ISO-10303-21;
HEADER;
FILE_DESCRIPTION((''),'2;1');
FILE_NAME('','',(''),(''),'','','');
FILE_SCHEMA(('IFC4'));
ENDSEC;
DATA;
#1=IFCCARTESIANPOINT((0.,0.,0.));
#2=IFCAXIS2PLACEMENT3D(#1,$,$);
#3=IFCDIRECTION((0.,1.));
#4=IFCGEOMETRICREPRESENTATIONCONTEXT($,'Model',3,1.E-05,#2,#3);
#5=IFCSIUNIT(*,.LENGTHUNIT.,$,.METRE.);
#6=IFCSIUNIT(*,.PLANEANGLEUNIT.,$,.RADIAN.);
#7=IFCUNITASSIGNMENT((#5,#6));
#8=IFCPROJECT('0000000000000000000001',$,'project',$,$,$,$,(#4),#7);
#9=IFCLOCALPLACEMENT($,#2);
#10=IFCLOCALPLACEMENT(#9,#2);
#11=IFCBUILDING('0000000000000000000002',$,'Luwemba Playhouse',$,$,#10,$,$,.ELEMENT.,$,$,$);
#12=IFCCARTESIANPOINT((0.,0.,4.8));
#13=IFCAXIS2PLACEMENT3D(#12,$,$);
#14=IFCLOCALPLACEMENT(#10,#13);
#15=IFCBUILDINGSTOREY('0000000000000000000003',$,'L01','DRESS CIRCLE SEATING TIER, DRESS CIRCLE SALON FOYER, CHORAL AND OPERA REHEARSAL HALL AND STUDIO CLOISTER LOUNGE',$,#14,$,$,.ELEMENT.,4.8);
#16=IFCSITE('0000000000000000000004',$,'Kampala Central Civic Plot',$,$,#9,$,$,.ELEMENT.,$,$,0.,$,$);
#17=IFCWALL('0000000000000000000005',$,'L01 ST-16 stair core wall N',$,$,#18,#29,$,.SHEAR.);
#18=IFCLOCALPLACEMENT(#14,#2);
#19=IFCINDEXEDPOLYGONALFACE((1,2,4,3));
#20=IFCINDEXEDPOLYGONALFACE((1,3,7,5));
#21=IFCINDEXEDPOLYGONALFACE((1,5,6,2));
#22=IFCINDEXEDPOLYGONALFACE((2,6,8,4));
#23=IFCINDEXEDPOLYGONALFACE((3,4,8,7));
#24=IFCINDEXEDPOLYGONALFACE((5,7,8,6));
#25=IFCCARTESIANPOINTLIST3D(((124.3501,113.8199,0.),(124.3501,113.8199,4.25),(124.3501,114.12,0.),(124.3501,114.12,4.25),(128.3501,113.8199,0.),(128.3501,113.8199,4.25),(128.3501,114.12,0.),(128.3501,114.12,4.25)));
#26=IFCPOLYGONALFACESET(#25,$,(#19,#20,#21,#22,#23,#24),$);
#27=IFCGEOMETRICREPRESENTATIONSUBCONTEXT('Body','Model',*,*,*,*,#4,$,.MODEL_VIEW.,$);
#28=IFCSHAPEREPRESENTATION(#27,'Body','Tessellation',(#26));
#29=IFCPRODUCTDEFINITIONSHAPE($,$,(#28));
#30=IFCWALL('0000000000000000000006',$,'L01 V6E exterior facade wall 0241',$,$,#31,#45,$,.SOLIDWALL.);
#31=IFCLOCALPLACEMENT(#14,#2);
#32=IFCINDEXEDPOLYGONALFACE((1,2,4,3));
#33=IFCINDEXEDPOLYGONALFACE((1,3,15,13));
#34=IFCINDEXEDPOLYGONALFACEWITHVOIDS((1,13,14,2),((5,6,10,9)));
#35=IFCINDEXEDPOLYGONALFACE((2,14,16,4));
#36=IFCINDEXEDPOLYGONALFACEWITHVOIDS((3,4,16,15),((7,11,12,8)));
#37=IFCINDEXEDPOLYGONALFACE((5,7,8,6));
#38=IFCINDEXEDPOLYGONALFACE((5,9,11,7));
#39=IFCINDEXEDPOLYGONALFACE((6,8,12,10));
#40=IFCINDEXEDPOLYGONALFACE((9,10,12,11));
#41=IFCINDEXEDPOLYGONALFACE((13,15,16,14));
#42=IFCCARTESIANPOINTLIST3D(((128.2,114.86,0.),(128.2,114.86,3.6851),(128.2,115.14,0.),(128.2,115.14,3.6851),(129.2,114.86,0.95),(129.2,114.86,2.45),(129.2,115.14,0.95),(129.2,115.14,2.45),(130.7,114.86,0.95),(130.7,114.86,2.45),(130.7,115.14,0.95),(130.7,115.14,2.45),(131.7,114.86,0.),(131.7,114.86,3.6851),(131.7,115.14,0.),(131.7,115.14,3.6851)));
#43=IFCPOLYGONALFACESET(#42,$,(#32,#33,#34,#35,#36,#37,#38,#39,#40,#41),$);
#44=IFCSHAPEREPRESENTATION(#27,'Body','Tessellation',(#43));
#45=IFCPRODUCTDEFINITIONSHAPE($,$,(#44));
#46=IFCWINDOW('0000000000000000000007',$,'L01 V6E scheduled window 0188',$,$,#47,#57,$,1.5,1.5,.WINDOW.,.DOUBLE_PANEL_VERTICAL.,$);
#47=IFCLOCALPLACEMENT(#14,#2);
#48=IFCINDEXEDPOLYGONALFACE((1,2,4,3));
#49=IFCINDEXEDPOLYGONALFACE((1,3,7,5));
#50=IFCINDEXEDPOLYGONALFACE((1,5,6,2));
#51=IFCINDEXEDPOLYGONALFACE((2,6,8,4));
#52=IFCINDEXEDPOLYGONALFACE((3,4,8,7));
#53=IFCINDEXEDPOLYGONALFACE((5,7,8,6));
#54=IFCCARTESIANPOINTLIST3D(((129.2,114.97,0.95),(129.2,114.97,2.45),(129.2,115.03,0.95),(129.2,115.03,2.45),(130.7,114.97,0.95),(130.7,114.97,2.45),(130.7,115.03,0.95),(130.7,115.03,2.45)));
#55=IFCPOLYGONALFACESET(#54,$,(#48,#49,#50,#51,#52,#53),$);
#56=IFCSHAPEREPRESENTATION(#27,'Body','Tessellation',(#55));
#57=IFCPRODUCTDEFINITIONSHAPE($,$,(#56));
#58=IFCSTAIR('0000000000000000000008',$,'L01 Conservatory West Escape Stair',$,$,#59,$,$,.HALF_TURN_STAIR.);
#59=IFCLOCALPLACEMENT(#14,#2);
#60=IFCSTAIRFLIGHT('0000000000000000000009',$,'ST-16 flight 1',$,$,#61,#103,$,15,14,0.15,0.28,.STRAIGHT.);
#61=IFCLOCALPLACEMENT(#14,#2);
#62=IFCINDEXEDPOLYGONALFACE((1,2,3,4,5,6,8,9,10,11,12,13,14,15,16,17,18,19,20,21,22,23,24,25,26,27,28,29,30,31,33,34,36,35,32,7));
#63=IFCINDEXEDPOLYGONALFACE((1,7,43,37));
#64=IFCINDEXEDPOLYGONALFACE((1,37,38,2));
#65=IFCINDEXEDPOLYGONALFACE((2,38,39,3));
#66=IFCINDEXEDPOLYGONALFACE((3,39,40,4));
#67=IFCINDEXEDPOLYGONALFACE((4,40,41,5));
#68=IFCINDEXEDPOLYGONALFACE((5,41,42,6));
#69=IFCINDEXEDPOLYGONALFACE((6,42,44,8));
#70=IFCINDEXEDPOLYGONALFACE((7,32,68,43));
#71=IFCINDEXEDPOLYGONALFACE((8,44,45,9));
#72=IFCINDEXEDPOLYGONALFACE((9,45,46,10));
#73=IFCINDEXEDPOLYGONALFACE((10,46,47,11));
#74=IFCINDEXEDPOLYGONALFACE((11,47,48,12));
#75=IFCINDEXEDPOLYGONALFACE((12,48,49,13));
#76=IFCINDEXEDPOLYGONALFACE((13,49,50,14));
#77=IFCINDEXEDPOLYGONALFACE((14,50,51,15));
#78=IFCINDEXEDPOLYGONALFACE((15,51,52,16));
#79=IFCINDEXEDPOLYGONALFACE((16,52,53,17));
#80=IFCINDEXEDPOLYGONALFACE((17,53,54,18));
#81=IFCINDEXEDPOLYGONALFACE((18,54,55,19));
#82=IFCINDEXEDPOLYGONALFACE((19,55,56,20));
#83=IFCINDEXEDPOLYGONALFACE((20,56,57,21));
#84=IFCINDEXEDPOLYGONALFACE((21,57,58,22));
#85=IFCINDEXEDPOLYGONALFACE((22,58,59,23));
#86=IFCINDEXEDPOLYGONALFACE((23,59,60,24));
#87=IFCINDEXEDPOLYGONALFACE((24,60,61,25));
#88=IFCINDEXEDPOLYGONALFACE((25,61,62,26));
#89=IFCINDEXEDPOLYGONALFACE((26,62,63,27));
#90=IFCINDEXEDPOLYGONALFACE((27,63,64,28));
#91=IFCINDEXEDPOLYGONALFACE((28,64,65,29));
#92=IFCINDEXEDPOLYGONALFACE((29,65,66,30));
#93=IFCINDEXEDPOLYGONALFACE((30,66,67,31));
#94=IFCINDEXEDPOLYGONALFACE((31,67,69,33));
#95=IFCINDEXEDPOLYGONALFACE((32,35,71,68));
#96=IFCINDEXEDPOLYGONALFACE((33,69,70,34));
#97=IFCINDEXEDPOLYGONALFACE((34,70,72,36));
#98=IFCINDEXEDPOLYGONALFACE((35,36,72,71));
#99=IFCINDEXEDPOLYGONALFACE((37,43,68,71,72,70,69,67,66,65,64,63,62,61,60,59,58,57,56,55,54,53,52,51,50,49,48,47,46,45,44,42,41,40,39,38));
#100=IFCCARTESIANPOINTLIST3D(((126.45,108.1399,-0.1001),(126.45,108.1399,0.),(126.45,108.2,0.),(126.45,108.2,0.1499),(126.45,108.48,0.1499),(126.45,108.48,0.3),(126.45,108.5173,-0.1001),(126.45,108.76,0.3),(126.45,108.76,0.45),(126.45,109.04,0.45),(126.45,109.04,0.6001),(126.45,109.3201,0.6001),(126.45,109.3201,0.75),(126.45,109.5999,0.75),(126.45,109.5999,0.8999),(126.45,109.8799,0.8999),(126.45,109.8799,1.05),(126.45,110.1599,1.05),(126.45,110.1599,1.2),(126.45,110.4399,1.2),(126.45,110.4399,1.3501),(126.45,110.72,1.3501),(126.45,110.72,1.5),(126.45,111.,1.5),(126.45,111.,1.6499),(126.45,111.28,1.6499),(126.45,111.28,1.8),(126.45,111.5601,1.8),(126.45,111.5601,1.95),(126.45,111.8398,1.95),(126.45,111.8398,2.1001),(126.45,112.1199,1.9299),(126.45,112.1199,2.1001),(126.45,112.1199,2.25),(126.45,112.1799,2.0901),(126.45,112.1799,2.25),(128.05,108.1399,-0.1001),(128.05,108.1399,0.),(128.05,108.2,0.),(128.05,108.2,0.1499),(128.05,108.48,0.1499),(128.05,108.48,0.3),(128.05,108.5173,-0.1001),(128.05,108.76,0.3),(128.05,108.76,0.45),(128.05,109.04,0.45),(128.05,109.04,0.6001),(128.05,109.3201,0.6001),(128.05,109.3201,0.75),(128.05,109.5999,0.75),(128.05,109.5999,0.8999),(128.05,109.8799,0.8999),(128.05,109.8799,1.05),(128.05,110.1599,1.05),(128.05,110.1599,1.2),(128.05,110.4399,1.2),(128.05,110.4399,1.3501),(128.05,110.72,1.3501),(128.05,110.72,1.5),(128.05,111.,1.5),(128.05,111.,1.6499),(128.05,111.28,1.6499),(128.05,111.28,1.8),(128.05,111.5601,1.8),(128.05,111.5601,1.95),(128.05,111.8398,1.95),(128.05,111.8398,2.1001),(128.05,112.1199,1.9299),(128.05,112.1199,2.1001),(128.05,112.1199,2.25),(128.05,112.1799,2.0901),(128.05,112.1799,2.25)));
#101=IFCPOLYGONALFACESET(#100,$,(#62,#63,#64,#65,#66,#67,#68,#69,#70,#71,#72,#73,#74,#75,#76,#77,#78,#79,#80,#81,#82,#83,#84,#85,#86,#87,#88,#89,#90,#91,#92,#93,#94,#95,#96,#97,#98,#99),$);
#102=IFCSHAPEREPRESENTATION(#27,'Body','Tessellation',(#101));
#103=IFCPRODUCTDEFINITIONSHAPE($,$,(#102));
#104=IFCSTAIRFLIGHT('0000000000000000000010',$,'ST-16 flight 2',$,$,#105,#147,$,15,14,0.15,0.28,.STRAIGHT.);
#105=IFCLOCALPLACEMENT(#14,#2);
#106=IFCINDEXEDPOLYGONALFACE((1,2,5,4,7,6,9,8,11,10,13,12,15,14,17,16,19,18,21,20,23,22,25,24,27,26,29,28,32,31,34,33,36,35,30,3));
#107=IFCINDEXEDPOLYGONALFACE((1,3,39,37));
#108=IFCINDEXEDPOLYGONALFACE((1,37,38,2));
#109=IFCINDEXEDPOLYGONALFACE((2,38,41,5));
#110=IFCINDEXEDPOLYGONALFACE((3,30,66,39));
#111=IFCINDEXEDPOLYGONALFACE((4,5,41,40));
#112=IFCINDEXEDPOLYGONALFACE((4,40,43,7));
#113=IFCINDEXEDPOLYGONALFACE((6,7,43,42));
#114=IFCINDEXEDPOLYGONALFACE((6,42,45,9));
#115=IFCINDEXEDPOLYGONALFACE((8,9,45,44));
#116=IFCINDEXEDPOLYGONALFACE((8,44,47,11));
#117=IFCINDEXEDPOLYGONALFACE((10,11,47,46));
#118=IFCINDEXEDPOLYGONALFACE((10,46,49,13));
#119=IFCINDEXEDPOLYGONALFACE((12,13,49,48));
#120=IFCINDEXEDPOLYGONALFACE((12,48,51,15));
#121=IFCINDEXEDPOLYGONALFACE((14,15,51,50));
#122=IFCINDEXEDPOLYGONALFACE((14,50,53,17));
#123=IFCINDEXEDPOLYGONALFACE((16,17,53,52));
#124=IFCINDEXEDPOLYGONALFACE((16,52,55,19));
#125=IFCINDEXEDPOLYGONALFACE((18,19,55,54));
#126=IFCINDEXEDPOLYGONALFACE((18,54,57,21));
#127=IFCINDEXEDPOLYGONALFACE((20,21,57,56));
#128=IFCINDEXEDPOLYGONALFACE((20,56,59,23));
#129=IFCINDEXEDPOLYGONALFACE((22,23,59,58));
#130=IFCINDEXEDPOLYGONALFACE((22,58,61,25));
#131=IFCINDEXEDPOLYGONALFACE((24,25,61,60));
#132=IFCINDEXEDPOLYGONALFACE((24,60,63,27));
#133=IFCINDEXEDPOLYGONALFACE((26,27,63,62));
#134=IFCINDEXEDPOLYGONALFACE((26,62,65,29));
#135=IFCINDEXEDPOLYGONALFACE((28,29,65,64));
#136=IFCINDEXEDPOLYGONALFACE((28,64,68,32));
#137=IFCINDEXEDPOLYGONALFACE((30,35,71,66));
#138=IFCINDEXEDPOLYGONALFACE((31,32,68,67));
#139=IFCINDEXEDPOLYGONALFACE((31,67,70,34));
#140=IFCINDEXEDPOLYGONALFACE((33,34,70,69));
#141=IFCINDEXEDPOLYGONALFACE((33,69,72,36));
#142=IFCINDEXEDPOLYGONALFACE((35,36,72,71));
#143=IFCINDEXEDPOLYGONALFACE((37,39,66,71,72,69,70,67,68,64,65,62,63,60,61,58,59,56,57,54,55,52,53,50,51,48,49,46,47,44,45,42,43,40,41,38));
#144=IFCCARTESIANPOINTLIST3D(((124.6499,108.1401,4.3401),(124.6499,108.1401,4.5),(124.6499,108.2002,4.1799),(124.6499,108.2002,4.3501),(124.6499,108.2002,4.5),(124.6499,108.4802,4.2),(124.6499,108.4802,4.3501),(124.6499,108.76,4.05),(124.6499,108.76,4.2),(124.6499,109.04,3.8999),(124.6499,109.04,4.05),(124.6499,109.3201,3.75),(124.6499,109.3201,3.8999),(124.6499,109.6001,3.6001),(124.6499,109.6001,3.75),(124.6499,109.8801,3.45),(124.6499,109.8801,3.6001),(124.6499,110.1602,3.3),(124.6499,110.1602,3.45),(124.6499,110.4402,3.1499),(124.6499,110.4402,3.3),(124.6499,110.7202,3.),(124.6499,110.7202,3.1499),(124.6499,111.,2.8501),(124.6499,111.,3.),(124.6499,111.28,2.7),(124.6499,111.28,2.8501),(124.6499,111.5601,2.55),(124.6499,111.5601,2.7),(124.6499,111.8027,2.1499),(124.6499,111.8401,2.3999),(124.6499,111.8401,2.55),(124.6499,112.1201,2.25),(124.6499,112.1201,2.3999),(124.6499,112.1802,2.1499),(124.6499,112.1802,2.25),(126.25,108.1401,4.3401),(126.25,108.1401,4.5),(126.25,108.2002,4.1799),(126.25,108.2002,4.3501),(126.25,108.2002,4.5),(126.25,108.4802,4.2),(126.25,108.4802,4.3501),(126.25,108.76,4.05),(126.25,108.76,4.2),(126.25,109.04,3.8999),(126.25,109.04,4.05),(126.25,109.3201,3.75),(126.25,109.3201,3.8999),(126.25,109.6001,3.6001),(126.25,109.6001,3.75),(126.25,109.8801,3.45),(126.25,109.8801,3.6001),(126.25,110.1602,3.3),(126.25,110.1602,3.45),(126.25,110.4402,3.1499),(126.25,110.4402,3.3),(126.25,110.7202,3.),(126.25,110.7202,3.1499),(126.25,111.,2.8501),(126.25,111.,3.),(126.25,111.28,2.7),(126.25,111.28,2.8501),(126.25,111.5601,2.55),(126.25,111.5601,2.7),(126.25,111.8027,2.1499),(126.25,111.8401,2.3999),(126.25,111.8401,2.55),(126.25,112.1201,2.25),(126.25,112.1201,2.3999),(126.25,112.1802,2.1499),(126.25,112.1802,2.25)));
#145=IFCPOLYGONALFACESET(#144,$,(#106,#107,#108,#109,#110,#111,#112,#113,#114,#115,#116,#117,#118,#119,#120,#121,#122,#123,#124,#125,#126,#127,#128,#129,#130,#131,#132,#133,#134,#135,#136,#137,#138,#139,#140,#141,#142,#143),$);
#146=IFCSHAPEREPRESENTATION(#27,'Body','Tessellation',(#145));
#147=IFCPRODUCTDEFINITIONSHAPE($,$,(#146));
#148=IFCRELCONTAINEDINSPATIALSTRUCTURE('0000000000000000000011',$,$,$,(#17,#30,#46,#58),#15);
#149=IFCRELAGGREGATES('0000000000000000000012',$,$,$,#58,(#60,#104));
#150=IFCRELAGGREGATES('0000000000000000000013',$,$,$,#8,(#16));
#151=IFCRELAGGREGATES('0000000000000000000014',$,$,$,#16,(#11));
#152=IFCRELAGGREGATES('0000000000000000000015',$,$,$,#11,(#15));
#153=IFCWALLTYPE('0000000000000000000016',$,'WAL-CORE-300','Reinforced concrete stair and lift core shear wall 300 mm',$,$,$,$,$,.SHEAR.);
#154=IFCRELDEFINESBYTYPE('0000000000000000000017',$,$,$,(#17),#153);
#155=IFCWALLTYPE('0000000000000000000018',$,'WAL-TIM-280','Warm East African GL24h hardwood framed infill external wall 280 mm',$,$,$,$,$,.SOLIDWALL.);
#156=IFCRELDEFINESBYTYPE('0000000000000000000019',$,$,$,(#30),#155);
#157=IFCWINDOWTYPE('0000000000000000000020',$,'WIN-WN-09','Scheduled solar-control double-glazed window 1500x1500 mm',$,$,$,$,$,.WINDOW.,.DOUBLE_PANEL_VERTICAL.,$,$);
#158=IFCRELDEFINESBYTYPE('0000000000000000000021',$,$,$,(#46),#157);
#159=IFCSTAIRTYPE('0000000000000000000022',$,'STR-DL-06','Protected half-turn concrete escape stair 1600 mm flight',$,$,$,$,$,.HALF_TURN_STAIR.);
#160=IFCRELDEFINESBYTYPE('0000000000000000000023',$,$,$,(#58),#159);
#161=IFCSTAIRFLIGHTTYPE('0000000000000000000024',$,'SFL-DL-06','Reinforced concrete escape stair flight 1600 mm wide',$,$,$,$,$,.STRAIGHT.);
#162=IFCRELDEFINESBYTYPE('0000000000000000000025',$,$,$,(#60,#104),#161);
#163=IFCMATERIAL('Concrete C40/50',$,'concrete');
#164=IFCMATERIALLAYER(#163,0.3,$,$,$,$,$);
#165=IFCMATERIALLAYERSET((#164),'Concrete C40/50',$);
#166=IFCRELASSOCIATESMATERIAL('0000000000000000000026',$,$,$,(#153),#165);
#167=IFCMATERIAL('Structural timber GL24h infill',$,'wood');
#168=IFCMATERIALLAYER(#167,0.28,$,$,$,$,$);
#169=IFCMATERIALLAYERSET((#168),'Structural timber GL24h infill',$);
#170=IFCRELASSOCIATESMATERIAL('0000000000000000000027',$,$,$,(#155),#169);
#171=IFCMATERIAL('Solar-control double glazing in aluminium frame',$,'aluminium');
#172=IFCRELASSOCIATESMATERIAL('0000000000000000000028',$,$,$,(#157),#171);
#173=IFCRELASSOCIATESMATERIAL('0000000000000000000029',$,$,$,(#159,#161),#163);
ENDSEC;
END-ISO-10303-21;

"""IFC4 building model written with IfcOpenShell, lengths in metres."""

from ifc_helpers import new_model, si_unit, direction, frame, frame_2d, origin, place, context, subcontext, project, spatial, polyline, rectangle, outline, extrude, material, layer, layer_set, type_object, element, fill, aggregate, save


model = new_model("IFC4")

# Units and contexts
model_context = context("Model", 3, precision=1e-05, world=origin(), true_north=direction((0.0, 1.0)))
body_context = subcontext(model_context, "Body", "Model", "MODEL_VIEW")
ifc_project = project(units=[si_unit("LENGTHUNIT", "METRE"), si_unit("PLANEANGLEUNIT", "RADIAN")], contexts=[model_context])

# Site, building, storey
site_placement = place(None, origin())
site = spatial("IfcSite", under=ifc_project, at=site_placement, Name="Kampala Central Civic Plot", CompositionType="ELEMENT", RefElevation=0.0)
building_placement = place(site_placement, origin())
building = spatial("IfcBuilding", under=site, at=building_placement, Name="Luwemba Playhouse", CompositionType="ELEMENT")
storey_placement = place(building_placement, frame((0.0, 0.0, 4.8)))
storey = spatial("IfcBuildingStorey", under=building, at=storey_placement, Name="L01", Description="DRESS CIRCLE SEATING TIER, DRESS CIRCLE SALON FOYER, CHORAL AND OPERA REHEARSAL HALL AND STUDIO CLOISTER LOUNGE", CompositionType="ELEMENT", Elevation=4.8)

# Shared definitions
ifc_material_1 = material(Name="Concrete C40/50", Category="concrete")

# Shared definitions
ifc_material_2 = material(Name="Solar-control double glazing in aluminium frame", Category="aluminium")

# Wall
ifc_layer_1 = layer(ifc_material_1, 0.3)
ifc_layer_set_1 = layer_set([ifc_layer_1], Name="Concrete C40/50")
wall_type_1 = type_object("IfcWallType", Name="WAL-CORE-300", Description="Reinforced concrete stair and lift core shear wall 300 mm", PredefinedType="SHEAR", material=ifc_layer_set_1)
wall_1_placement = place(storey_placement, frame((128.3501, 113.97, 0.0), z_axis=(0.0, 0.0, 1.0), x_axis=(-1.0, 0.0, 0.0)))
element("IfcWall", 1, at=wall_1_placement, inside=storey, type_object=wall_type_1, Name="L01 ST-16 stair core wall N", PredefinedType="SHEAR", context=body_context, shape_type="SweptSolid", body=[
    extrude(rectangle(XDim=4.0, YDim=0.3, at=frame_2d((2.0, 0.0))), origin(), (0.0, 0.0, 1.0), 4.25),
])

# Wall, opening, window
ifc_material_3 = material(Name="Structural timber GL24h infill", Category="wood")
ifc_layer_2 = layer(ifc_material_3, 0.28)
ifc_layer_set_2 = layer_set([ifc_layer_2], Name="Structural timber GL24h infill")
wall_type_2 = type_object("IfcWallType", Name="WAL-TIM-280", Description="Warm East African GL24h hardwood framed infill external wall 280 mm", PredefinedType="SOLIDWALL", material=ifc_layer_set_2)
wall_2_placement = place(storey_placement, frame((128.2, 115.0, 0.0), z_axis=(0.0, 0.0, 1.0), x_axis=(1.0, 0.0, 0.0)))
wall_2 = element("IfcWall", 2, at=wall_2_placement, inside=storey, type_object=wall_type_2, Name="L01 V6E exterior facade wall 0241", PredefinedType="SOLIDWALL", context=body_context, shape_type="SweptSolid", body=[
    extrude(rectangle(XDim=3.5, YDim=0.28, at=frame_2d((1.75, 0.0))), origin(), (0.0, 0.0, 1.0), 3.6851),
])
opening_1_placement = place(wall_2_placement, frame((1.0, 0.0, 0.95)))
opening_1 = element("IfcOpeningElement", 3, at=opening_1_placement, cuts=wall_2, PredefinedType="OPENING", context=body_context, shape_type="SweptSolid", body=[
    extrude(rectangle(XDim=1.5, YDim=1.5, at=frame_2d((0.75, 0.75))), frame((0.0, 0.1499, 0.0), z_axis=(0.0, -1.0, 0.0), x_axis=(1.0, 0.0, 0.0)), (0.0, 0.0, 1.0), 0.3),
])
window_type_1 = type_object("IfcWindowType", Name="WIN-WN-09", Description="Scheduled solar-control double-glazed window 1500x1500 mm", PartitioningType="DOUBLE_PANEL_VERTICAL", PredefinedType="WINDOW", material=ifc_material_2)
window_1_placement = place(opening_1_placement, origin())
window_1 = element("IfcWindow", 4, at=window_1_placement, inside=storey, type_object=window_type_1, Name="L01 V6E scheduled window 0188", OverallHeight=1.5, OverallWidth=1.5, PartitioningType="DOUBLE_PANEL_VERTICAL", PredefinedType="WINDOW", context=body_context, shape_type="SweptSolid", body=[
    extrude(rectangle(XDim=1.5, YDim=1.5, at=frame_2d((0.75, 0.75))), frame((0.0, 0.03, 0.0), z_axis=(0.0, -1.0, 0.0), x_axis=(1.0, 0.0, 0.0)), (0.0, 0.0, 1.0), 0.0601),
])
fill(opening_1, window_1)

# Stair, stair flights
stair_type = type_object("IfcStairType", Name="STR-DL-06", Description="Protected half-turn concrete escape stair 1600 mm flight", PredefinedType="HALF_TURN_STAIR", material=ifc_material_1)
stair_placement = place(storey_placement, origin())
stair = element("IfcStair", 5, at=stair_placement, inside=storey, type_object=stair_type, Name="L01 Conservatory West Escape Stair", PredefinedType="HALF_TURN_STAIR")
stair_flight_type = type_object("IfcStairFlightType", Name="SFL-DL-06", Description="Reinforced concrete escape stair flight 1600 mm wide", PredefinedType="STRAIGHT", material=ifc_material_1)
stair_flight_1_placement = place(storey_placement, frame((127.25, 108.2, 0.0), z_axis=(0.0, 0.0, 1.0), x_axis=(0.0, 1.0, 0.0)))
stair_flight_1 = element("IfcStairFlight", 6, at=stair_flight_1_placement, type_object=stair_flight_type, Name="ST-16 flight 1", NumberOfRisers=15, NumberOfTreads=14, PredefinedType="STRAIGHT", RiserHeight=0.15, TreadLength=0.28, context=body_context, shape_type="SweptSolid", body=[
    extrude(outline(polyline([(-0.0601, -0.1001), (-0.0601, 0.0), (0.0, 0.0), (0.0, 0.1499), (0.28, 0.1499), (0.28, 0.3), (0.5601, 0.3), (0.5601, 0.45), (0.8401, 0.45), (0.8401, 0.6001), (1.1201, 0.6001), (1.1201, 0.75), (1.3999, 0.75), (1.3999, 0.8999), (1.6799, 0.8999), (1.6799, 1.05), (1.96, 1.05), (1.96, 1.2), (2.24, 1.2), (2.24, 1.3501), (2.52, 1.3501), (2.52, 1.5), (2.8, 1.5), (2.8, 1.6499), (3.0801, 1.6499), (3.0801, 1.8), (3.3601, 1.8), (3.3601, 1.95), (3.6399, 1.95), (3.6399, 2.1001), (3.9199, 2.1001), (3.9199, 2.25), (3.98, 2.25), (3.98, 2.0901), (3.9199, 1.9299), (0.3174, -0.1001), (-0.0601, -0.1001)])), frame((0.0, 0.8, 0.0), z_axis=(0.0, -1.0, 0.0), x_axis=(1.0, 0.0, 0.0)), (0.0, 0.0, 1.0), 1.6001),
])
stair_flight_2_placement = place(storey_placement, frame((125.45, 112.1201, 2.25), z_axis=(0.0, 0.0, 1.0), x_axis=(0.0, -1.0, 0.0)))
stair_flight_2 = element("IfcStairFlight", 7, at=stair_flight_2_placement, type_object=stair_flight_type, Name="ST-16 flight 2", NumberOfRisers=15, NumberOfTreads=14, PredefinedType="STRAIGHT", RiserHeight=0.15, TreadLength=0.28, context=body_context, shape_type="SweptSolid", body=[
    extrude(outline(polyline([(-0.0601, -0.1001), (-0.0601, 0.0), (0.0, 0.0), (0.0, 0.1499), (0.28, 0.1499), (0.28, 0.3), (0.5601, 0.3), (0.5601, 0.45), (0.8401, 0.45), (0.8401, 0.6001), (1.1201, 0.6001), (1.1201, 0.75), (1.3999, 0.75), (1.3999, 0.8999), (1.6799, 0.8999), (1.6799, 1.05), (1.96, 1.05), (1.96, 1.2), (2.24, 1.2), (2.24, 1.3501), (2.52, 1.3501), (2.52, 1.5), (2.8, 1.5), (2.8, 1.6499), (3.0801, 1.6499), (3.0801, 1.8), (3.3601, 1.8), (3.3601, 1.95), (3.6399, 1.95), (3.6399, 2.1001), (3.9199, 2.1001), (3.9199, 2.25), (3.98, 2.25), (3.98, 2.0901), (3.9199, 1.9299), (0.3174, -0.1001), (-0.0601, -0.1001)])), frame((0.0, 0.8, 0.0), z_axis=(0.0, -1.0, 0.0), x_axis=(1.0, 0.0, 0.0)), (0.0, 0.0, 1.0), 1.6001),
])
aggregate(stair, [stair_flight_1, stair_flight_2])

save(model, "model.ifc")
